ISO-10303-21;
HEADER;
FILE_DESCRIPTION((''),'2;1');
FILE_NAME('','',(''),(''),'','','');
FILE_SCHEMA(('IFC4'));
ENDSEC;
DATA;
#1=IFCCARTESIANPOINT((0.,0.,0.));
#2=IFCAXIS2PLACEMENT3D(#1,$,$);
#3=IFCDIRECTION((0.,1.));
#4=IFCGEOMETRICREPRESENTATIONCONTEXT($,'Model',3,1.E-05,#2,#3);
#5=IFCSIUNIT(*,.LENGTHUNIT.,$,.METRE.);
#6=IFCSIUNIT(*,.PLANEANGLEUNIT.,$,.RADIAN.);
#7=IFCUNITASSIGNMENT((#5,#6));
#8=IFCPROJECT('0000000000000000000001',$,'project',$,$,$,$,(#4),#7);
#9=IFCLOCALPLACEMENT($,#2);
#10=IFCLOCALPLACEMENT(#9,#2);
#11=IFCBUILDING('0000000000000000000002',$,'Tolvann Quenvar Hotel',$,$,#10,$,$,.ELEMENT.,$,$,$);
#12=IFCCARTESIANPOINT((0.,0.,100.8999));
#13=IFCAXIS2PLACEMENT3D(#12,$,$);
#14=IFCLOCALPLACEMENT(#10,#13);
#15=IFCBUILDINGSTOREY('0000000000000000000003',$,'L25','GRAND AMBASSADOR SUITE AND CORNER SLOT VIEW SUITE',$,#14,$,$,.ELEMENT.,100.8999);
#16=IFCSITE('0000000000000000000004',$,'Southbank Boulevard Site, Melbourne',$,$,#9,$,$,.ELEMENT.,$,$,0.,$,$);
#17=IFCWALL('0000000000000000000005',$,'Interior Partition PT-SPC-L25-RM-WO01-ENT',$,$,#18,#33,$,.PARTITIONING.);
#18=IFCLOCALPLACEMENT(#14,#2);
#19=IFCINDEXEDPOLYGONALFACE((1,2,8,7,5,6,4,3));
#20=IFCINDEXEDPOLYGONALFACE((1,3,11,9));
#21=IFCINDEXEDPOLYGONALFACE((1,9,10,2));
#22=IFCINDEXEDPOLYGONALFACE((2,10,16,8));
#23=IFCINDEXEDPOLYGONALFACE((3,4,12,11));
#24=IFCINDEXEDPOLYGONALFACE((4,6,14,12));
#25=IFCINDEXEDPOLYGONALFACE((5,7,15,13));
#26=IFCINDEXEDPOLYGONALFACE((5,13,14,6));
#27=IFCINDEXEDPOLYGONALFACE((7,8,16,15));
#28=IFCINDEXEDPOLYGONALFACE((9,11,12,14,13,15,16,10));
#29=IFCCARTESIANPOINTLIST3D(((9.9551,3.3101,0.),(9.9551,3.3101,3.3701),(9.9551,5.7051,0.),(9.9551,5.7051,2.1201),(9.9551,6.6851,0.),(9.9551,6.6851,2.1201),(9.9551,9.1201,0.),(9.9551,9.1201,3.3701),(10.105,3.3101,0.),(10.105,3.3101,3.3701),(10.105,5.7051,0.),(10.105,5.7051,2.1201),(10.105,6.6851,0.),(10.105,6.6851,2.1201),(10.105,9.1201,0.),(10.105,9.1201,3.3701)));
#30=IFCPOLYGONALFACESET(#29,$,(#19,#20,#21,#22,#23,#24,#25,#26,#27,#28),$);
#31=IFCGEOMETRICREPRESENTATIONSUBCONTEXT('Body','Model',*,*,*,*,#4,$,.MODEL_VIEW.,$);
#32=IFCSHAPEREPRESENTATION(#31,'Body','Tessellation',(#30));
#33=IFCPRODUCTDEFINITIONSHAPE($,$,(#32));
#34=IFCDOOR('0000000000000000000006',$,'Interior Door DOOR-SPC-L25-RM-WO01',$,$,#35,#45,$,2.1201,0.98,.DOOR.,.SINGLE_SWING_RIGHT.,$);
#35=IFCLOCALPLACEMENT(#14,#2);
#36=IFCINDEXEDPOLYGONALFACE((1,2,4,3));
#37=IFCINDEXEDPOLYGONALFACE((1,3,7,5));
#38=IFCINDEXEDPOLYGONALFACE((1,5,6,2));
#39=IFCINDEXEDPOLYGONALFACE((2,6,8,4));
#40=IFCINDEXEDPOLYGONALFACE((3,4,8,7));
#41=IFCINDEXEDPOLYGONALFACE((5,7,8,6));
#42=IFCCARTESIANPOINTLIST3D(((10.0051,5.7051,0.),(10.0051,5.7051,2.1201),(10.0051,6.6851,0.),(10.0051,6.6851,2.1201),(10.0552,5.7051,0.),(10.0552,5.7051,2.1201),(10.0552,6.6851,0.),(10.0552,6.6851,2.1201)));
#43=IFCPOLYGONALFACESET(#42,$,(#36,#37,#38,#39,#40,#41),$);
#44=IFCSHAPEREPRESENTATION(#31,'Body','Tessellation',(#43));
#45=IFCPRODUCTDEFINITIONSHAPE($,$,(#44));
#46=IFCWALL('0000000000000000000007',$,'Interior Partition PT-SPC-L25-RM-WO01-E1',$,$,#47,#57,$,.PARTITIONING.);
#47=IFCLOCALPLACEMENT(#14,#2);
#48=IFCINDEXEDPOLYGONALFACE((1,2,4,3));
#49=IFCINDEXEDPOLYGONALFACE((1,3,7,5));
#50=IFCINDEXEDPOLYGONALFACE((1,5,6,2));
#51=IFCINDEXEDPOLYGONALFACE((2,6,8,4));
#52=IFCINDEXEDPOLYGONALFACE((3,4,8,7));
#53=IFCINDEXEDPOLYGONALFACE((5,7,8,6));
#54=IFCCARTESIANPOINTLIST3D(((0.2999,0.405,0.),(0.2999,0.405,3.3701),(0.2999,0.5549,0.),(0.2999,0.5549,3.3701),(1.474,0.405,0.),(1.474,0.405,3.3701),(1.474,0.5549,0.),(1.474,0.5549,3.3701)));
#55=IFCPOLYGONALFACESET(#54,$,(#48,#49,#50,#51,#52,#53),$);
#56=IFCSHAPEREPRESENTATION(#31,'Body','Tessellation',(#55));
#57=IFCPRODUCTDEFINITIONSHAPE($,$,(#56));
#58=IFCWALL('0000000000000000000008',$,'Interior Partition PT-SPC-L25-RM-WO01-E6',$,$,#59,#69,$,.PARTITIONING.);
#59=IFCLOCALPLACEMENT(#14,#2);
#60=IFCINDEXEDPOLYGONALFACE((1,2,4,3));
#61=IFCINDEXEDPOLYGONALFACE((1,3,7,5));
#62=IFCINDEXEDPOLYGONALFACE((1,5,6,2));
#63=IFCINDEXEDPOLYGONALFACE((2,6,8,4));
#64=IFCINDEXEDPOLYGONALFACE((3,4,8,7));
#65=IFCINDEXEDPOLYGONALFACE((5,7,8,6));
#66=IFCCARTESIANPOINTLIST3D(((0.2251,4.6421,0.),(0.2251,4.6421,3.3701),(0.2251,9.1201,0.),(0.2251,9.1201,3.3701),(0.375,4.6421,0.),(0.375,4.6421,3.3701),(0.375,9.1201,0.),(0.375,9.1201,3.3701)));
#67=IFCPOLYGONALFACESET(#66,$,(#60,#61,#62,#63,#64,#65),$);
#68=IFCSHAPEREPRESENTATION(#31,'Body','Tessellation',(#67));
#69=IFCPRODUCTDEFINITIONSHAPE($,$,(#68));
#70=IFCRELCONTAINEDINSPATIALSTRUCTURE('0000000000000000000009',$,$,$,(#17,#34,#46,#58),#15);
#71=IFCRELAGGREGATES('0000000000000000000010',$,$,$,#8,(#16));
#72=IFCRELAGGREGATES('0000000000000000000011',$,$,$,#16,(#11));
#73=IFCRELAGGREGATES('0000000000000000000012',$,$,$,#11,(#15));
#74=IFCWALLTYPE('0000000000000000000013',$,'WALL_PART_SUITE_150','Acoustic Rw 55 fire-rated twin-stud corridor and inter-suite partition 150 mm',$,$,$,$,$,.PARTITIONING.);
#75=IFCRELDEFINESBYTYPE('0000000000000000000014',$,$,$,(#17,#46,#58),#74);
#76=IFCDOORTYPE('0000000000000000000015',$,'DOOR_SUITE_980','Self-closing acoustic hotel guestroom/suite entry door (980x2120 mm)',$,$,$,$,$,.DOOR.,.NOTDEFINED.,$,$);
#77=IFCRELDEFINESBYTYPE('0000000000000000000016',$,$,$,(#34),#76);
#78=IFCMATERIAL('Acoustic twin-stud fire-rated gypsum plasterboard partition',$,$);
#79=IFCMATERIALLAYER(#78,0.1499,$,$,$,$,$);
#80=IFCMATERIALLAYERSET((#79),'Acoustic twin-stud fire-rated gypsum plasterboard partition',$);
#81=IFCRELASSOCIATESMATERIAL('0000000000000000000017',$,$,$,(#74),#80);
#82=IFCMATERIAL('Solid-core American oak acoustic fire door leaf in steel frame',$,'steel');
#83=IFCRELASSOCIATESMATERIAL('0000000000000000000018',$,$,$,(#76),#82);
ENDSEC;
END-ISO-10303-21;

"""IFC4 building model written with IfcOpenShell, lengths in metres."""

from ifc_helpers import new_model, si_unit, direction, frame, frame_2d, origin, place, context, subcontext, project, spatial, rectangle, extrude, source, transform, mapped, material, layer, layer_set, type_object, type_shapes, element, fill, save


model = new_model("IFC4")

# Units and contexts
model_context = context("Model", 3, precision=1e-05, world=origin(), true_north=direction((0.0, 1.0)))
body_context = subcontext(model_context, "Body", "Model", "MODEL_VIEW")
ifc_project = project(units=[si_unit("LENGTHUNIT", "METRE"), si_unit("PLANEANGLEUNIT", "RADIAN")], contexts=[model_context])

# Site, building, storey
site_placement = place(None, origin())
site = spatial("IfcSite", under=ifc_project, at=site_placement, Name="Southbank Boulevard Site, Melbourne", CompositionType="ELEMENT", RefElevation=0.0)
building_placement = place(site_placement, origin())
building = spatial("IfcBuilding", under=site, at=building_placement, Name="Tolvann Quenvar Hotel", CompositionType="ELEMENT")
storey_placement = place(building_placement, frame((0.0, 0.0, 100.8999)))
storey = spatial("IfcBuildingStorey", under=building, at=storey_placement, Name="L25", Description="GRAND AMBASSADOR SUITE AND CORNER SLOT VIEW SUITE", CompositionType="ELEMENT", Elevation=100.8999)

# Shared definitions
ifc_material_1 = material(Name="Acoustic twin-stud fire-rated gypsum plasterboard partition")
ifc_layer_1 = layer(ifc_material_1, 0.1499)
ifc_layer_set_1 = layer_set([ifc_layer_1], Name="Acoustic twin-stud fire-rated gypsum plasterboard partition")
wall_type_1 = type_object("IfcWallType", Name="WALL_PART_SUITE_150", Description="Acoustic Rw 55 fire-rated twin-stud corridor and inter-suite partition 150 mm", PredefinedType="PARTITIONING", material=ifc_layer_set_1)
ifc_material_2 = material(Name="Solid-core American oak acoustic fire door leaf in steel frame", Category="steel")

# Wall, opening, door
wall_1_placement = place(storey_placement, frame((10.03, 3.3101, 0.0), z_axis=(0.0, 0.0, 1.0), x_axis=(0.0, 1.0, 0.0)))
wall_1 = element("IfcWall", 1, at=wall_1_placement, inside=storey, type_object=wall_type_1, Name="Interior Partition PT-SPC-L25-RM-WO01-ENT", PredefinedType="PARTITIONING", context=body_context, shape_type="SweptSolid", body=[
    extrude(rectangle(XDim=5.8101, YDim=0.1499, at=frame_2d((2.905, 0.0))), origin(), (0.0, 0.0, 1.0), 3.3701),
])
opening_1_placement = place(wall_1_placement, frame((2.395, 0.0, 0.0)))
opening_1 = element("IfcOpeningElement", 2, at=opening_1_placement, cuts=wall_1, PredefinedType="OPENING", context=body_context, shape_type="SweptSolid", body=[
    extrude(rectangle(XDim=0.98, YDim=2.1201, at=frame_2d((0.49, 1.0601))), frame((0.0, 0.085, 0.0), z_axis=(0.0, -1.0, 0.0), x_axis=(1.0, 0.0, 0.0)), (0.0, 0.0, 1.0), 0.1699),
])
door_type_1 = type_object("IfcDoorType", Name="DOOR_SUITE_980", Description="Self-closing acoustic hotel guestroom/suite entry door (980x2120 mm)", OperationType="NOTDEFINED", PredefinedType="DOOR", material=ifc_material_2)
shared_shape_1 = source(origin(), body_context, "Body", "SweptSolid", [
    extrude(rectangle(XDim=0.98, YDim=2.1201, at=frame_2d((0.49, 1.0601))), frame((0.0, 0.0249, 0.0), z_axis=(0.0, -1.0, 0.0), x_axis=(1.0, 0.0, 0.0)), (0.0, 0.0, 1.0), 0.05),
])
type_shapes(door_type_1, [shared_shape_1])
door_1_placement = place(opening_1_placement, origin())
door_1 = element("IfcDoor", 3, at=door_1_placement, inside=storey, type_object=door_type_1, Name="Interior Door DOOR-SPC-L25-RM-WO01", OperationType="SINGLE_SWING_RIGHT", OverallHeight=2.1201, OverallWidth=0.98, PredefinedType="DOOR", context=body_context, shape_type="MappedRepresentation", body=[
    mapped(shared_shape_1, transform((0.0, 0.0, 0.0), x_axis=(1.0, 0.0, 0.0), y_axis=(0.0, 1.0, 0.0), z_axis=(0.0, 0.0, 1.0), scale=1.0)),
])
fill(opening_1, door_1)

# Walls
wall_2_placement = place(storey_placement, frame((0.3, 0.48, 0.0), z_axis=(0.0, 0.0, 1.0), x_axis=(1.0, 0.0, 0.0)))
element("IfcWall", 4, at=wall_2_placement, inside=storey, type_object=wall_type_1, Name="Interior Partition PT-SPC-L25-RM-WO01-E1", PredefinedType="PARTITIONING", context=body_context, shape_type="SweptSolid", body=[
    extrude(rectangle(XDim=1.1741, YDim=0.1499, at=frame_2d((0.5869, 0.0))), origin(), (0.0, 0.0, 1.0), 3.3701),
])
wall_3_placement = place(storey_placement, frame((0.3, 4.6421, 0.0), z_axis=(0.0, 0.0, 1.0), x_axis=(0.0, 1.0, 0.0)))
element("IfcWall", 5, at=wall_3_placement, inside=storey, type_object=wall_type_1, Name="Interior Partition PT-SPC-L25-RM-WO01-E6", PredefinedType="PARTITIONING", context=body_context, shape_type="SweptSolid", body=[
    extrude(rectangle(XDim=4.478, YDim=0.1499, at=frame_2d((2.239, 0.0))), origin(), (0.0, 0.0, 1.0), 3.3701),
])

save(model, "model.ifc")
